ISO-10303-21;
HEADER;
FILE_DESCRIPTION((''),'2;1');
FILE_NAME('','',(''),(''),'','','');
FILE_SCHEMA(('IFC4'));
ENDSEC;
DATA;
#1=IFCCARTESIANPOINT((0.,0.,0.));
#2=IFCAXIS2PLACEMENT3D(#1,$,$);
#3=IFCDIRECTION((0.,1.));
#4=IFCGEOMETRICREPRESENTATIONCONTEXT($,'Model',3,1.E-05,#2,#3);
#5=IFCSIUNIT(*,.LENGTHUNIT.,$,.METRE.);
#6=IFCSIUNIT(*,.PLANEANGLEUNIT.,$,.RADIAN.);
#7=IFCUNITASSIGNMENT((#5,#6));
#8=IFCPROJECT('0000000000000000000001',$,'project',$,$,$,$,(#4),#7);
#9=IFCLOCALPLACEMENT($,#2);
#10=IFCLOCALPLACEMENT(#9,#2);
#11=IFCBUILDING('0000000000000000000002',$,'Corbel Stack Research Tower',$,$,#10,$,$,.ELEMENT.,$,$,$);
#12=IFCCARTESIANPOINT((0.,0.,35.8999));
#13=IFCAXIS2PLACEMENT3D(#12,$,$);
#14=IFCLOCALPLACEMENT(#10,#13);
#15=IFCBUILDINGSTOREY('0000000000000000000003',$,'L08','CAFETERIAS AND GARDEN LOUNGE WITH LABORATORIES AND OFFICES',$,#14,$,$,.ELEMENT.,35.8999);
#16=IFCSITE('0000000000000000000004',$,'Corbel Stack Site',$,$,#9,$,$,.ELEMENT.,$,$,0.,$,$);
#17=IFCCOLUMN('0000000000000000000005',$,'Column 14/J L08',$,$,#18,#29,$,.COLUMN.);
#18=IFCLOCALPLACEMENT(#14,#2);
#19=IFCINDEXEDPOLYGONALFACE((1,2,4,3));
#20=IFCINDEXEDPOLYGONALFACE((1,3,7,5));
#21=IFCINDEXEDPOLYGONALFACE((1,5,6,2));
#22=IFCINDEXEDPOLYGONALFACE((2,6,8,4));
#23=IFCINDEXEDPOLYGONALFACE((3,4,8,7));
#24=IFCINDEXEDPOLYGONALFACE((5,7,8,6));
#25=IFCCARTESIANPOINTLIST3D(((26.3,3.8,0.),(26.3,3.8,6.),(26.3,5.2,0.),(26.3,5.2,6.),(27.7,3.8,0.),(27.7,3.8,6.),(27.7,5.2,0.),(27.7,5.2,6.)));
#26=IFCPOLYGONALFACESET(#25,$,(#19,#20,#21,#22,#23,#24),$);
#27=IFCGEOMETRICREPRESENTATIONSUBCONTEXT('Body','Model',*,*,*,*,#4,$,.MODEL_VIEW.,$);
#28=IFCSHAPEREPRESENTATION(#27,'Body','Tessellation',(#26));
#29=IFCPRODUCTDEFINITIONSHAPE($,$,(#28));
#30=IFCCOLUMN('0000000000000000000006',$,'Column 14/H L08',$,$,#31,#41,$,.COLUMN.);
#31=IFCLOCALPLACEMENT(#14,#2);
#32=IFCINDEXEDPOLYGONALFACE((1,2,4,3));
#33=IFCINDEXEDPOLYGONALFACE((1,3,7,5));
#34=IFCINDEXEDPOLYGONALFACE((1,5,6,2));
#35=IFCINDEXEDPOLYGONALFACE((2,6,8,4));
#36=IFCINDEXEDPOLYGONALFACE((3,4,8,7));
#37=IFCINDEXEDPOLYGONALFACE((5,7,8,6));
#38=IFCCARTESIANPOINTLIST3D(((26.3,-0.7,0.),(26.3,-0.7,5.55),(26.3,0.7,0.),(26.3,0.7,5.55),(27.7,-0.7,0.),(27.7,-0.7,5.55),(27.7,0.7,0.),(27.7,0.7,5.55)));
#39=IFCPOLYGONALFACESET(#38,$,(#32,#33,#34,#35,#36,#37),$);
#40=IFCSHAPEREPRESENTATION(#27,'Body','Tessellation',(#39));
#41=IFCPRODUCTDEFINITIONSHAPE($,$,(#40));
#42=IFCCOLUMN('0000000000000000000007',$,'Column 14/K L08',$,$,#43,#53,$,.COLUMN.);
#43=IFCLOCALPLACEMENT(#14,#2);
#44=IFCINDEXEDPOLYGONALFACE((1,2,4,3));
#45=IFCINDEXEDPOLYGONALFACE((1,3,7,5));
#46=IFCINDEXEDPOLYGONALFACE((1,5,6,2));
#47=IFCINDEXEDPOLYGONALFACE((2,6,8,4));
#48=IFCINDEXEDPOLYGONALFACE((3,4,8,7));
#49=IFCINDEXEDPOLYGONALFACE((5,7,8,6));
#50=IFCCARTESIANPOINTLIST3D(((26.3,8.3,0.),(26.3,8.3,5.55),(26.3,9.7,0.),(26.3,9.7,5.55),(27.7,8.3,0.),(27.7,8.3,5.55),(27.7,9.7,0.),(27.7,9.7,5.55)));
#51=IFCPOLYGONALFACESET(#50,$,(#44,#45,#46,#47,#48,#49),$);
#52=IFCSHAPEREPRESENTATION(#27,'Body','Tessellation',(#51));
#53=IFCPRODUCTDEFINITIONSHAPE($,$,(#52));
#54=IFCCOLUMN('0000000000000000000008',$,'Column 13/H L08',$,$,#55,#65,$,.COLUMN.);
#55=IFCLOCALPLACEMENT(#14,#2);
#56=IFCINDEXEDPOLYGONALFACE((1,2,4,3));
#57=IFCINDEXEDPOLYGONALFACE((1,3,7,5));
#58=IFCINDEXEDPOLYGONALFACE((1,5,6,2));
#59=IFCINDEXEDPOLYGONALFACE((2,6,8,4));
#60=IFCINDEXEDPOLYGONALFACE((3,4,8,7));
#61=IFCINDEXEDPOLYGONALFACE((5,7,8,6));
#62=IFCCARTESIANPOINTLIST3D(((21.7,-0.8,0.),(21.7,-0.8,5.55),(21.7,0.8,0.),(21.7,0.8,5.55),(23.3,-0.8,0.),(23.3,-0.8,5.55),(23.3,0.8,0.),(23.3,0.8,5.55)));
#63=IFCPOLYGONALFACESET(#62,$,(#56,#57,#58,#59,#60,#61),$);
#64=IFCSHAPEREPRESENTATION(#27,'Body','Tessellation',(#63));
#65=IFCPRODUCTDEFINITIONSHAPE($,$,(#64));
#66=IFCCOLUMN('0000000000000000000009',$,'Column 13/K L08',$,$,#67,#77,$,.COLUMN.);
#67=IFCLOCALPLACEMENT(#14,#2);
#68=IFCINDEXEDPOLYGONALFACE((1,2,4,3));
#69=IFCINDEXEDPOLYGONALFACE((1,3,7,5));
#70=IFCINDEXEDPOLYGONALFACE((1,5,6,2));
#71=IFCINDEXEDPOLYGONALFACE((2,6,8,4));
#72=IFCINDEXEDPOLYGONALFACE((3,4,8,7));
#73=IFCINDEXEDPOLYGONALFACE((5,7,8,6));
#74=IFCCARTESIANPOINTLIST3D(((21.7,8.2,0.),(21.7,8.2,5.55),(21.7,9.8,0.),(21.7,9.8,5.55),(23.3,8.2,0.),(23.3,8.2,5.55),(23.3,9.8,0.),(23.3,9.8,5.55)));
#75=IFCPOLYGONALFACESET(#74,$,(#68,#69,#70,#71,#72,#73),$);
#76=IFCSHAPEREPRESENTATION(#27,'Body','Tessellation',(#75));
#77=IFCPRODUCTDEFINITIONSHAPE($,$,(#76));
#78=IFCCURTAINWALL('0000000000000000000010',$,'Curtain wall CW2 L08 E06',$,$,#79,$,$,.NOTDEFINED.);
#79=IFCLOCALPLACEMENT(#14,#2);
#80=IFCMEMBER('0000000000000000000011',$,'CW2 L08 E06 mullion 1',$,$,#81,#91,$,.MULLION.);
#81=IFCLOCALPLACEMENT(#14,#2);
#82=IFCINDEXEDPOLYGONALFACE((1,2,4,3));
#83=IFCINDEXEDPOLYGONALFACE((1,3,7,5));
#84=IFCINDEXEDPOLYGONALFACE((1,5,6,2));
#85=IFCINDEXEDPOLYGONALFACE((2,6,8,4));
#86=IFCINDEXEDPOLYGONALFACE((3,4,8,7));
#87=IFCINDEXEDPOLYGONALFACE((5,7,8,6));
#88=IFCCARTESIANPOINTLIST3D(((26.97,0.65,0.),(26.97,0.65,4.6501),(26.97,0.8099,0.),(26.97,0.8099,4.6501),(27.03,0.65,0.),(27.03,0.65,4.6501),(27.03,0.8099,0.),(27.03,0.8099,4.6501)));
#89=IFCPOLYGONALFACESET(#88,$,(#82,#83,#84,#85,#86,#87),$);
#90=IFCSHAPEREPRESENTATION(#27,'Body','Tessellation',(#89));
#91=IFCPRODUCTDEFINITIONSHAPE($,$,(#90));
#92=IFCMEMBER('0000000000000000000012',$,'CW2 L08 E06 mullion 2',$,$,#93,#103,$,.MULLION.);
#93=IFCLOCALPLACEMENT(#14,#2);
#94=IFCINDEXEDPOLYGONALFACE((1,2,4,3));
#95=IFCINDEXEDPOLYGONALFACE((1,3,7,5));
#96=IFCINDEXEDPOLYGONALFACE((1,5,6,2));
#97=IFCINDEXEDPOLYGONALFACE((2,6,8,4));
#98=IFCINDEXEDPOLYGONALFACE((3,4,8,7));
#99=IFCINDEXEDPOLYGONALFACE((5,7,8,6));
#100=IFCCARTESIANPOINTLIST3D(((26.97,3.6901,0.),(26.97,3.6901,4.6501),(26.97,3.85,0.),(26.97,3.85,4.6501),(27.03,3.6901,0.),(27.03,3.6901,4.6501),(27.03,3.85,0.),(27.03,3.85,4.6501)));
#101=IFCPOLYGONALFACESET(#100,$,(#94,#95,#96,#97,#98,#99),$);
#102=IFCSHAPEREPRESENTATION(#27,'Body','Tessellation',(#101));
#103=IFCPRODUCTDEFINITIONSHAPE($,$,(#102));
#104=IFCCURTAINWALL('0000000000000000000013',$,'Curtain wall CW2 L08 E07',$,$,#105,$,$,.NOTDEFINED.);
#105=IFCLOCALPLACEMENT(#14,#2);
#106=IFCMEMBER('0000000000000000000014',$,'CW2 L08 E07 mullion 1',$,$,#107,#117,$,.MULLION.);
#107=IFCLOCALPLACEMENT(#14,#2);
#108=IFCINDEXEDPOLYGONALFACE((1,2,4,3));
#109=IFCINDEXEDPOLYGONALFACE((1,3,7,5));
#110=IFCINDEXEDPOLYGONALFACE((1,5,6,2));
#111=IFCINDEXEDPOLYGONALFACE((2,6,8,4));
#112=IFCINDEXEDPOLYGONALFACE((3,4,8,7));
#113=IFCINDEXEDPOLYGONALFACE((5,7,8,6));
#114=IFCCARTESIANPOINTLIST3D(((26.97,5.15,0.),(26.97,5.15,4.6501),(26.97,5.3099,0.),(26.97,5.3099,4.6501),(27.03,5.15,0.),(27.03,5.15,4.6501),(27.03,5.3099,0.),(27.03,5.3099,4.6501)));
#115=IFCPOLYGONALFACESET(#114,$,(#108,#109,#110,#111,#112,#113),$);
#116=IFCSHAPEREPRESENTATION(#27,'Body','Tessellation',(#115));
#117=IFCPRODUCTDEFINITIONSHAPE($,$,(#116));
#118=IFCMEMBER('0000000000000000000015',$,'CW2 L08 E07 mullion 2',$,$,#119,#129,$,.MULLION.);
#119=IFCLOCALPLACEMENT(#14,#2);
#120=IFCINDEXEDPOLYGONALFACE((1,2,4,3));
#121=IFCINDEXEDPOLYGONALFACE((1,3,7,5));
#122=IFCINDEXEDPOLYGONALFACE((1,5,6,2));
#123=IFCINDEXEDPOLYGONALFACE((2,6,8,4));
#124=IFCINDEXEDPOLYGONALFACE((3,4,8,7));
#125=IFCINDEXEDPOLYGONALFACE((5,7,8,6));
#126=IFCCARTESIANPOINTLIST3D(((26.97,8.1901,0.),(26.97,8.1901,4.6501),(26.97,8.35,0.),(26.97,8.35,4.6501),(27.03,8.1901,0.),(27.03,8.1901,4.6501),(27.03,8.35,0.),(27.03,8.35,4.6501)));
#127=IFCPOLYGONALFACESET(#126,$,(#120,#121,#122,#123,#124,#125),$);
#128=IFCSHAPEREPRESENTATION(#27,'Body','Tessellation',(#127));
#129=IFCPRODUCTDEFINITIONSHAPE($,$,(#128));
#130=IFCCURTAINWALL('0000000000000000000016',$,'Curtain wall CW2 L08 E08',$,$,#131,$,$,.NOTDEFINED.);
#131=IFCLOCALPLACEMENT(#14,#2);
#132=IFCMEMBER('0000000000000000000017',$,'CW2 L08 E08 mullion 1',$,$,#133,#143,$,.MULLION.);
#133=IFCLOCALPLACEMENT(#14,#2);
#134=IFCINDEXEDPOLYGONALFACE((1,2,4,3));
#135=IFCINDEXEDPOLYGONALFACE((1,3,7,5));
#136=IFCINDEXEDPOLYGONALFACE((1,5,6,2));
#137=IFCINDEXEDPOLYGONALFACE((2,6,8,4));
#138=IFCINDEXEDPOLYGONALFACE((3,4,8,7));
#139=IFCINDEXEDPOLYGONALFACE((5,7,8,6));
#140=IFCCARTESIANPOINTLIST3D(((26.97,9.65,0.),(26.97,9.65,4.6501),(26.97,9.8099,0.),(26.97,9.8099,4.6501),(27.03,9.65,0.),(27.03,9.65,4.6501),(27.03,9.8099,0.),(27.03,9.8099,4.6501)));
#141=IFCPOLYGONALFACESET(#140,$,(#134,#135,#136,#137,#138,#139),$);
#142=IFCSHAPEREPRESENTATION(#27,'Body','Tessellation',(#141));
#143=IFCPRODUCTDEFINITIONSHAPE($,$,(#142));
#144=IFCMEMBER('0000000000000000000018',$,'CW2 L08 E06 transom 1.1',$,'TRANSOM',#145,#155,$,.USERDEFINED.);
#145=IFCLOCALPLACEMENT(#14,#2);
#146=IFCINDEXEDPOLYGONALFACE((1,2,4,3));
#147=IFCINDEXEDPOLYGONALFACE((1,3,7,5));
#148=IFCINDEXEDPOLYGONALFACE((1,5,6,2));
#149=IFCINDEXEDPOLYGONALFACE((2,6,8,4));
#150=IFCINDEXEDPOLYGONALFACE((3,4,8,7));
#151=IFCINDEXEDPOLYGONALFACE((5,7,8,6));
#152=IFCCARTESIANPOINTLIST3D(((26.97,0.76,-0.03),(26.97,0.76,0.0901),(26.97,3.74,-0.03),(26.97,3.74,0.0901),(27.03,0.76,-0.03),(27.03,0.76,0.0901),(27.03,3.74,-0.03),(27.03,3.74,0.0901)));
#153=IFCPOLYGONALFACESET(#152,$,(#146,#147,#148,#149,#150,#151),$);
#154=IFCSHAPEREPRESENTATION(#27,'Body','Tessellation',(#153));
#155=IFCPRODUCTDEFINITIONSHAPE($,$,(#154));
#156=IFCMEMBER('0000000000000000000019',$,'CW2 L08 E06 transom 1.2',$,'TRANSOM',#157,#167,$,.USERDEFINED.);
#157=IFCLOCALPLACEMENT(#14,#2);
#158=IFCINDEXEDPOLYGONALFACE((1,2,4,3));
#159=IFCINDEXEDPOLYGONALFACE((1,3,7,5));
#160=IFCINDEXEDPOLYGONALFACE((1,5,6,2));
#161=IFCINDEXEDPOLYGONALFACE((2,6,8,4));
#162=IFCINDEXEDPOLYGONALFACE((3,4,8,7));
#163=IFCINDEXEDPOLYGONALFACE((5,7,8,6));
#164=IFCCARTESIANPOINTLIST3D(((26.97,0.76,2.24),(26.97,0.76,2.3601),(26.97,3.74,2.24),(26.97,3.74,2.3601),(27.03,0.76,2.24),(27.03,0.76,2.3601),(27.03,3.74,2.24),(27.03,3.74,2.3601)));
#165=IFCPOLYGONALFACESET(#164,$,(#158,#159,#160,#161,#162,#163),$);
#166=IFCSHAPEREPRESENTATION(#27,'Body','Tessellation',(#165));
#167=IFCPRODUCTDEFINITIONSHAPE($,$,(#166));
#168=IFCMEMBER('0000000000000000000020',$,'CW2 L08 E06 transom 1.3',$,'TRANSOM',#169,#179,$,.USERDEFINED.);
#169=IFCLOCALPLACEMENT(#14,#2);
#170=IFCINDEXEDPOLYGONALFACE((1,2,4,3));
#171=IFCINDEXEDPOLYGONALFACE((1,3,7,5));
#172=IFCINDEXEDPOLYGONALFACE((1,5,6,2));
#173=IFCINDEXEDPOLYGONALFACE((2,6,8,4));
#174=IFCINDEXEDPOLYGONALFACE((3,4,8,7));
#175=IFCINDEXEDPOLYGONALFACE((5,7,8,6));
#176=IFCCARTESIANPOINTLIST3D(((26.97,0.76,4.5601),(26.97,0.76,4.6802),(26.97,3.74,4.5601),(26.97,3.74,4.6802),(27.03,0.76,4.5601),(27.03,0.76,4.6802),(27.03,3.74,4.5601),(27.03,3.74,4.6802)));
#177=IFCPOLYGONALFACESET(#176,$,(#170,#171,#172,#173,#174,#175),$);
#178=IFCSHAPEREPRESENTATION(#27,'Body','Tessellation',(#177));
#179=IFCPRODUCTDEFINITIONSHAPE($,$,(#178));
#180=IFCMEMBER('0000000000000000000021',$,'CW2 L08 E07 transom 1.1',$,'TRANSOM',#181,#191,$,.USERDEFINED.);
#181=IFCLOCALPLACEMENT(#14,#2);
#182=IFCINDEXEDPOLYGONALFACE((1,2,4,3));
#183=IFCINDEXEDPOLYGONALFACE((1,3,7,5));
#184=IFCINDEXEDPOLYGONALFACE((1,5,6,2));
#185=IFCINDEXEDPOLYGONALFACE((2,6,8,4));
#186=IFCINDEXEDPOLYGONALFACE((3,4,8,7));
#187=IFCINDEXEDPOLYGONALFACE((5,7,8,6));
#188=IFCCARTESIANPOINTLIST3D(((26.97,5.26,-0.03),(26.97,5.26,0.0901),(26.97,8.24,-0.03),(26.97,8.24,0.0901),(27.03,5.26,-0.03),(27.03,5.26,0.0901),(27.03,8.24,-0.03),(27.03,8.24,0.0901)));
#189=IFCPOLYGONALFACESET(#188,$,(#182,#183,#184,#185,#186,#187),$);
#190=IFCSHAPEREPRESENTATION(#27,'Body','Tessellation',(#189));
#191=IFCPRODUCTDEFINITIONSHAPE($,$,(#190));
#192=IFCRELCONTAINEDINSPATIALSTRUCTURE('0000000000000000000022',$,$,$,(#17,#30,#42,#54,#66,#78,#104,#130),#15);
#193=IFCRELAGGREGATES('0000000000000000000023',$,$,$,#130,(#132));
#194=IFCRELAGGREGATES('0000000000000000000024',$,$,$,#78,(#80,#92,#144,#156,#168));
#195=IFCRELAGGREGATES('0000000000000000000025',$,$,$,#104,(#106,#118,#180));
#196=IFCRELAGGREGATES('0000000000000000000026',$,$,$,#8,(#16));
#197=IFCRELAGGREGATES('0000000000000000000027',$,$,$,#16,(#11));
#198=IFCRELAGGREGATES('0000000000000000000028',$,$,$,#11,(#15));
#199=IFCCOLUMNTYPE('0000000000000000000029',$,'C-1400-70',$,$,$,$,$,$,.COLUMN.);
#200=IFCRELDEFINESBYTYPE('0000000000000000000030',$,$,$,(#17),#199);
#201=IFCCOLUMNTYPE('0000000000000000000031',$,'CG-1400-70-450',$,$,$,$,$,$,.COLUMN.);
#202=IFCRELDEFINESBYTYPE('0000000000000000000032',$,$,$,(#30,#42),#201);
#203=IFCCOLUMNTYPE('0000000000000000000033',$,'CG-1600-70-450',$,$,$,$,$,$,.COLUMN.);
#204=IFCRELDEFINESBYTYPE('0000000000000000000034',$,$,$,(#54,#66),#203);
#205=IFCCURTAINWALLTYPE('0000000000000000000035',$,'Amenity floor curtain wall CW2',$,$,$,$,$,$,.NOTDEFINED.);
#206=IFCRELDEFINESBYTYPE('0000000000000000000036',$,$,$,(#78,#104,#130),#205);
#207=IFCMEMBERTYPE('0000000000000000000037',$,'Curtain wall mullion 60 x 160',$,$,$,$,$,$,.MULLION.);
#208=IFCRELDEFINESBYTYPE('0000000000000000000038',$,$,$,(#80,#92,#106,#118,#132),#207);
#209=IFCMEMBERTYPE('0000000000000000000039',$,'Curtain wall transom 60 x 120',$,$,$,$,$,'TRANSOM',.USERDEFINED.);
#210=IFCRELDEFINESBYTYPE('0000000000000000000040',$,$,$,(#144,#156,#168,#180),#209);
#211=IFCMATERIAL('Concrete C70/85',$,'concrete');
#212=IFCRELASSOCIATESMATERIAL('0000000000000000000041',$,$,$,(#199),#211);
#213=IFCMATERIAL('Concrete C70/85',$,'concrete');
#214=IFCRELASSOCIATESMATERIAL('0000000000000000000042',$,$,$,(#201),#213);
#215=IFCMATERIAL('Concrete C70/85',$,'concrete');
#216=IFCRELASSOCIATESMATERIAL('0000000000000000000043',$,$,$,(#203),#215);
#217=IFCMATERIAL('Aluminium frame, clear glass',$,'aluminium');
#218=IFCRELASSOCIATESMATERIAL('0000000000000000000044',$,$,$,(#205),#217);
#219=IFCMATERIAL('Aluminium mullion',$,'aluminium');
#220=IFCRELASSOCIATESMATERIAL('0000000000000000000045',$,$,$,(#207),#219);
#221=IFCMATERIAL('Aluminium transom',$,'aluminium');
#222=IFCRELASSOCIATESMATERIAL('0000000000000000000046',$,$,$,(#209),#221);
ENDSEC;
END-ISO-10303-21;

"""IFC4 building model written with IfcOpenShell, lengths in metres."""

from ifc_helpers import new_model, si_unit, direction, frame, origin, origin_2d, place, context, subcontext, project, spatial, rectangle, extrude, material, material_profile, profile_set, type_object, element, aggregate, save


model = new_model("IFC4")

# Units and contexts
model_context = context("Model", 3, precision=1e-05, world=origin(), true_north=direction((0.0, 1.0)))
body_context = subcontext(model_context, "Body", "Model", "MODEL_VIEW")
ifc_project = project(units=[si_unit("LENGTHUNIT", "METRE"), si_unit("PLANEANGLEUNIT", "RADIAN")], contexts=[model_context])

# Site, building, storey
site_placement = place(None, origin())
site = spatial("IfcSite", under=ifc_project, at=site_placement, Name="Corbel Stack Site", CompositionType="ELEMENT", RefElevation=0.0)
building_placement = place(site_placement, origin())
building = spatial("IfcBuilding", under=site, at=building_placement, Name="Corbel Stack Research Tower", CompositionType="ELEMENT")
storey_placement = place(building_placement, frame((0.0, 0.0, 35.8999)))
storey = spatial("IfcBuildingStorey", under=building, at=storey_placement, Name="L08", Description="CAFETERIAS AND GARDEN LOUNGE WITH LABORATORIES AND OFFICES", CompositionType="ELEMENT", Elevation=35.8999)

# Columns
ifc_material_1 = material(Name="Concrete C70/85", Category="concrete")
ifc_material_profile_1 = material_profile(ifc_material_1, rectangle(XDim=1.3999, YDim=1.3999, at=origin_2d()), Name="RC 1400 x 1400")
ifc_profile_set_1 = profile_set([ifc_material_profile_1], Name="Concrete C70/85")
column_type_1 = type_object("IfcColumnType", Name="C-1400-70", PredefinedType="COLUMN", material=ifc_profile_set_1)
column_placement = place(storey_placement, frame((27.0, 4.5, 0.0), z_axis=(0.0, 0.0, 1.0), x_axis=(1.0, 0.0, 0.0)))
element("IfcColumn", 1, at=column_placement, inside=storey, type_object=column_type_1, Name="Column 14/J L08", PredefinedType="COLUMN", context=body_context, shape_type="SweptSolid", body=[
    extrude(rectangle(XDim=1.3999, YDim=1.3999, at=origin_2d()), origin(), (0.0, 0.0, 1.0), 6.0),
])
ifc_material_2 = material(Name="Concrete C70/85", Category="concrete")
ifc_material_profile_2 = material_profile(ifc_material_2, rectangle(XDim=1.3999, YDim=1.3999, at=origin_2d()), Name="RC 1400 x 1400")
ifc_profile_set_2 = profile_set([ifc_material_profile_2], Name="Concrete C70/85")
column_type_2 = type_object("IfcColumnType", Name="CG-1400-70-450", PredefinedType="COLUMN", material=ifc_profile_set_2)
for number, where, z_axis, x_axis, name in (
    (2, (27.0, 0.0, 0.0), (0.0, 0.0, 1.0), (1.0, 0.0, 0.0), "Column 14/H L08"),
    (3, (27.0, 9.0, 0.0), (0.0, 0.0, 1.0), (1.0, 0.0, 0.0), "Column 14/K L08"),
):
    element("IfcColumn", number, at=place(storey_placement, frame(where, z_axis=z_axis, x_axis=x_axis)), inside=storey, type_object=column_type_2, Name=name, PredefinedType="COLUMN", context=body_context, shape_type="SweptSolid", body=[
        extrude(rectangle(XDim=1.3999, YDim=1.3999, at=origin_2d()), origin(), (0.0, 0.0, 1.0), 5.55),
    ])
ifc_material_3 = material(Name="Concrete C70/85", Category="concrete")
ifc_material_profile_3 = material_profile(ifc_material_3, rectangle(XDim=1.6001, YDim=1.6001, at=origin_2d()), Name="RC 1600 x 1600")
ifc_profile_set_3 = profile_set([ifc_material_profile_3], Name="Concrete C70/85")
column_type_3 = type_object("IfcColumnType", Name="CG-1600-70-450", PredefinedType="COLUMN", material=ifc_profile_set_3)
for number, where, z_axis, x_axis, name in (
    (4, (22.5, 0.0, 0.0), (0.0, 0.0, 1.0), (1.0, 0.0, 0.0), "Column 13/H L08"),
    (5, (22.5, 9.0, 0.0), (0.0, 0.0, 1.0), (1.0, 0.0, 0.0), "Column 13/K L08"),
):
    element("IfcColumn", number, at=place(storey_placement, frame(where, z_axis=z_axis, x_axis=x_axis)), inside=storey, type_object=column_type_3, Name=name, PredefinedType="COLUMN", context=body_context, shape_type="SweptSolid", body=[
        extrude(rectangle(XDim=1.6001, YDim=1.6001, at=origin_2d()), origin(), (0.0, 0.0, 1.0), 5.55),
    ])

# Curtain walls, members
ifc_material_4 = material(Name="Aluminium frame, clear glass", Category="aluminium")
curtain_wall_type = type_object("IfcCurtainWallType", Name="Amenity floor curtain wall CW2", PredefinedType="NOTDEFINED", material=ifc_material_4)
curtain_wall_1_placement = place(storey_placement, origin())
curtain_wall_1 = element("IfcCurtainWall", 6, at=curtain_wall_1_placement, inside=storey, type_object=curtain_wall_type, Name="Curtain wall CW2 L08 E06", PredefinedType="NOTDEFINED")
ifc_material_5 = material(Name="Aluminium mullion", Category="aluminium")
ifc_material_profile_4 = material_profile(ifc_material_5, rectangle(XDim=0.0601, YDim=0.1599, at=origin_2d()), Name="Mullion 60 x 160")
ifc_profile_set_4 = profile_set([ifc_material_profile_4], Name="Aluminium mullion")
member_type_1 = type_object("IfcMemberType", Name="Curtain wall mullion 60 x 160", PredefinedType="MULLION", material=ifc_profile_set_4)
member_1_placement = place(storey_placement, frame((27.0, 0.73, 0.0), z_axis=(0.0, 0.0, 1.0), x_axis=(-1.0, 0.0, 0.0)))
member_1 = element("IfcMember", 7, at=member_1_placement, type_object=member_type_1, Name="CW2 L08 E06 mullion 1", PredefinedType="MULLION", context=body_context, shape_type="SweptSolid", body=[
    extrude(rectangle(XDim=0.0601, YDim=0.1599, at=origin_2d()), origin(), (0.0, 0.0, 1.0), 4.6501),
])
member_2_placement = place(storey_placement, frame((27.0, 3.77, 0.0), z_axis=(0.0, 0.0, 1.0), x_axis=(-1.0, 0.0, 0.0)))
member_2 = element("IfcMember", 8, at=member_2_placement, type_object=member_type_1, Name="CW2 L08 E06 mullion 2", PredefinedType="MULLION", context=body_context, shape_type="SweptSolid", body=[
    extrude(rectangle(XDim=0.0601, YDim=0.1599, at=origin_2d()), origin(), (0.0, 0.0, 1.0), 4.6501),
])
curtain_wall_2_placement = place(storey_placement, origin())
curtain_wall_2 = element("IfcCurtainWall", 9, at=curtain_wall_2_placement, inside=storey, type_object=curtain_wall_type, Name="Curtain wall CW2 L08 E07", PredefinedType="NOTDEFINED")
member_3_placement = place(storey_placement, frame((27.0, 5.23, 0.0), z_axis=(0.0, 0.0, 1.0), x_axis=(-1.0, 0.0, 0.0)))
member_3 = element("IfcMember", 10, at=member_3_placement, type_object=member_type_1, Name="CW2 L08 E07 mullion 1", PredefinedType="MULLION", context=body_context, shape_type="SweptSolid", body=[
    extrude(rectangle(XDim=0.0601, YDim=0.1599, at=origin_2d()), origin(), (0.0, 0.0, 1.0), 4.6501),
])
member_4_placement = place(storey_placement, frame((27.0, 8.27, 0.0), z_axis=(0.0, 0.0, 1.0), x_axis=(-1.0, 0.0, 0.0)))
member_4 = element("IfcMember", 11, at=member_4_placement, type_object=member_type_1, Name="CW2 L08 E07 mullion 2", PredefinedType="MULLION", context=body_context, shape_type="SweptSolid", body=[
    extrude(rectangle(XDim=0.0601, YDim=0.1599, at=origin_2d()), origin(), (0.0, 0.0, 1.0), 4.6501),
])

# Curtain wall, member
curtain_wall_3_placement = place(storey_placement, origin())
curtain_wall_3 = element("IfcCurtainWall", 12, at=curtain_wall_3_placement, inside=storey, type_object=curtain_wall_type, Name="Curtain wall CW2 L08 E08", PredefinedType="NOTDEFINED")
member_5_placement = place(storey_placement, frame((27.0, 9.73, 0.0), z_axis=(0.0, 0.0, 1.0), x_axis=(-1.0, 0.0, 0.0)))
member_5 = element("IfcMember", 13, at=member_5_placement, type_object=member_type_1, Name="CW2 L08 E08 mullion 1", PredefinedType="MULLION", context=body_context, shape_type="SweptSolid", body=[
    extrude(rectangle(XDim=0.0601, YDim=0.1599, at=origin_2d()), origin(), (0.0, 0.0, 1.0), 4.6501),
])

# Members
ifc_material_6 = material(Name="Aluminium transom", Category="aluminium")
ifc_material_profile_5 = material_profile(ifc_material_6, rectangle(XDim=0.0601, YDim=0.1201, at=origin_2d()), Name="Transom 60 x 120")
ifc_profile_set_5 = profile_set([ifc_material_profile_5], Name="Aluminium transom")
member_type_2 = type_object("IfcMemberType", Name="Curtain wall transom 60 x 120", ElementType="TRANSOM", PredefinedType="USERDEFINED", material=ifc_profile_set_5)
member_6_placement = place(storey_placement, frame((27.0, 0.76, 0.03), z_axis=(0.0, 1.0, 0.0), x_axis=(-1.0, 0.0, 0.0)))
member_6 = element("IfcMember", 14, at=member_6_placement, type_object=member_type_2, Name="CW2 L08 E06 transom 1.1", ObjectType="TRANSOM", PredefinedType="USERDEFINED", context=body_context, shape_type="SweptSolid", body=[
    extrude(rectangle(XDim=0.0601, YDim=0.1201, at=origin_2d()), origin(), (0.0, 0.0, 1.0), 2.98),
])
member_7_placement = place(storey_placement, frame((27.0, 0.76, 2.3), z_axis=(0.0, 1.0, 0.0), x_axis=(-1.0, 0.0, 0.0)))
member_7 = element("IfcMember", 15, at=member_7_placement, type_object=member_type_2, Name="CW2 L08 E06 transom 1.2", ObjectType="TRANSOM", PredefinedType="USERDEFINED", context=body_context, shape_type="SweptSolid", body=[
    extrude(rectangle(XDim=0.0601, YDim=0.1201, at=origin_2d()), origin(), (0.0, 0.0, 1.0), 2.98),
])
member_8_placement = place(storey_placement, frame((27.0, 0.76, 4.6201), z_axis=(0.0, 1.0, 0.0), x_axis=(-1.0, 0.0, 0.0)))
member_8 = element("IfcMember", 16, at=member_8_placement, type_object=member_type_2, Name="CW2 L08 E06 transom 1.3", ObjectType="TRANSOM", PredefinedType="USERDEFINED", context=body_context, shape_type="SweptSolid", body=[
    extrude(rectangle(XDim=0.0601, YDim=0.1201, at=origin_2d()), origin(), (0.0, 0.0, 1.0), 2.98),
])
member_9_placement = place(storey_placement, frame((27.0, 5.26, 0.03), z_axis=(0.0, 1.0, 0.0), x_axis=(-1.0, 0.0, 0.0)))
member_9 = element("IfcMember", 17, at=member_9_placement, type_object=member_type_2, Name="CW2 L08 E07 transom 1.1", ObjectType="TRANSOM", PredefinedType="USERDEFINED", context=body_context, shape_type="SweptSolid", body=[
    extrude(rectangle(XDim=0.0601, YDim=0.1201, at=origin_2d()), origin(), (0.0, 0.0, 1.0), 2.98),
])
aggregate(curtain_wall_3, [member_5])

aggregate(curtain_wall_1, [member_1, member_2, member_6, member_7, member_8])
aggregate(curtain_wall_2, [member_3, member_4, member_9])

save(model, "model.ifc")
